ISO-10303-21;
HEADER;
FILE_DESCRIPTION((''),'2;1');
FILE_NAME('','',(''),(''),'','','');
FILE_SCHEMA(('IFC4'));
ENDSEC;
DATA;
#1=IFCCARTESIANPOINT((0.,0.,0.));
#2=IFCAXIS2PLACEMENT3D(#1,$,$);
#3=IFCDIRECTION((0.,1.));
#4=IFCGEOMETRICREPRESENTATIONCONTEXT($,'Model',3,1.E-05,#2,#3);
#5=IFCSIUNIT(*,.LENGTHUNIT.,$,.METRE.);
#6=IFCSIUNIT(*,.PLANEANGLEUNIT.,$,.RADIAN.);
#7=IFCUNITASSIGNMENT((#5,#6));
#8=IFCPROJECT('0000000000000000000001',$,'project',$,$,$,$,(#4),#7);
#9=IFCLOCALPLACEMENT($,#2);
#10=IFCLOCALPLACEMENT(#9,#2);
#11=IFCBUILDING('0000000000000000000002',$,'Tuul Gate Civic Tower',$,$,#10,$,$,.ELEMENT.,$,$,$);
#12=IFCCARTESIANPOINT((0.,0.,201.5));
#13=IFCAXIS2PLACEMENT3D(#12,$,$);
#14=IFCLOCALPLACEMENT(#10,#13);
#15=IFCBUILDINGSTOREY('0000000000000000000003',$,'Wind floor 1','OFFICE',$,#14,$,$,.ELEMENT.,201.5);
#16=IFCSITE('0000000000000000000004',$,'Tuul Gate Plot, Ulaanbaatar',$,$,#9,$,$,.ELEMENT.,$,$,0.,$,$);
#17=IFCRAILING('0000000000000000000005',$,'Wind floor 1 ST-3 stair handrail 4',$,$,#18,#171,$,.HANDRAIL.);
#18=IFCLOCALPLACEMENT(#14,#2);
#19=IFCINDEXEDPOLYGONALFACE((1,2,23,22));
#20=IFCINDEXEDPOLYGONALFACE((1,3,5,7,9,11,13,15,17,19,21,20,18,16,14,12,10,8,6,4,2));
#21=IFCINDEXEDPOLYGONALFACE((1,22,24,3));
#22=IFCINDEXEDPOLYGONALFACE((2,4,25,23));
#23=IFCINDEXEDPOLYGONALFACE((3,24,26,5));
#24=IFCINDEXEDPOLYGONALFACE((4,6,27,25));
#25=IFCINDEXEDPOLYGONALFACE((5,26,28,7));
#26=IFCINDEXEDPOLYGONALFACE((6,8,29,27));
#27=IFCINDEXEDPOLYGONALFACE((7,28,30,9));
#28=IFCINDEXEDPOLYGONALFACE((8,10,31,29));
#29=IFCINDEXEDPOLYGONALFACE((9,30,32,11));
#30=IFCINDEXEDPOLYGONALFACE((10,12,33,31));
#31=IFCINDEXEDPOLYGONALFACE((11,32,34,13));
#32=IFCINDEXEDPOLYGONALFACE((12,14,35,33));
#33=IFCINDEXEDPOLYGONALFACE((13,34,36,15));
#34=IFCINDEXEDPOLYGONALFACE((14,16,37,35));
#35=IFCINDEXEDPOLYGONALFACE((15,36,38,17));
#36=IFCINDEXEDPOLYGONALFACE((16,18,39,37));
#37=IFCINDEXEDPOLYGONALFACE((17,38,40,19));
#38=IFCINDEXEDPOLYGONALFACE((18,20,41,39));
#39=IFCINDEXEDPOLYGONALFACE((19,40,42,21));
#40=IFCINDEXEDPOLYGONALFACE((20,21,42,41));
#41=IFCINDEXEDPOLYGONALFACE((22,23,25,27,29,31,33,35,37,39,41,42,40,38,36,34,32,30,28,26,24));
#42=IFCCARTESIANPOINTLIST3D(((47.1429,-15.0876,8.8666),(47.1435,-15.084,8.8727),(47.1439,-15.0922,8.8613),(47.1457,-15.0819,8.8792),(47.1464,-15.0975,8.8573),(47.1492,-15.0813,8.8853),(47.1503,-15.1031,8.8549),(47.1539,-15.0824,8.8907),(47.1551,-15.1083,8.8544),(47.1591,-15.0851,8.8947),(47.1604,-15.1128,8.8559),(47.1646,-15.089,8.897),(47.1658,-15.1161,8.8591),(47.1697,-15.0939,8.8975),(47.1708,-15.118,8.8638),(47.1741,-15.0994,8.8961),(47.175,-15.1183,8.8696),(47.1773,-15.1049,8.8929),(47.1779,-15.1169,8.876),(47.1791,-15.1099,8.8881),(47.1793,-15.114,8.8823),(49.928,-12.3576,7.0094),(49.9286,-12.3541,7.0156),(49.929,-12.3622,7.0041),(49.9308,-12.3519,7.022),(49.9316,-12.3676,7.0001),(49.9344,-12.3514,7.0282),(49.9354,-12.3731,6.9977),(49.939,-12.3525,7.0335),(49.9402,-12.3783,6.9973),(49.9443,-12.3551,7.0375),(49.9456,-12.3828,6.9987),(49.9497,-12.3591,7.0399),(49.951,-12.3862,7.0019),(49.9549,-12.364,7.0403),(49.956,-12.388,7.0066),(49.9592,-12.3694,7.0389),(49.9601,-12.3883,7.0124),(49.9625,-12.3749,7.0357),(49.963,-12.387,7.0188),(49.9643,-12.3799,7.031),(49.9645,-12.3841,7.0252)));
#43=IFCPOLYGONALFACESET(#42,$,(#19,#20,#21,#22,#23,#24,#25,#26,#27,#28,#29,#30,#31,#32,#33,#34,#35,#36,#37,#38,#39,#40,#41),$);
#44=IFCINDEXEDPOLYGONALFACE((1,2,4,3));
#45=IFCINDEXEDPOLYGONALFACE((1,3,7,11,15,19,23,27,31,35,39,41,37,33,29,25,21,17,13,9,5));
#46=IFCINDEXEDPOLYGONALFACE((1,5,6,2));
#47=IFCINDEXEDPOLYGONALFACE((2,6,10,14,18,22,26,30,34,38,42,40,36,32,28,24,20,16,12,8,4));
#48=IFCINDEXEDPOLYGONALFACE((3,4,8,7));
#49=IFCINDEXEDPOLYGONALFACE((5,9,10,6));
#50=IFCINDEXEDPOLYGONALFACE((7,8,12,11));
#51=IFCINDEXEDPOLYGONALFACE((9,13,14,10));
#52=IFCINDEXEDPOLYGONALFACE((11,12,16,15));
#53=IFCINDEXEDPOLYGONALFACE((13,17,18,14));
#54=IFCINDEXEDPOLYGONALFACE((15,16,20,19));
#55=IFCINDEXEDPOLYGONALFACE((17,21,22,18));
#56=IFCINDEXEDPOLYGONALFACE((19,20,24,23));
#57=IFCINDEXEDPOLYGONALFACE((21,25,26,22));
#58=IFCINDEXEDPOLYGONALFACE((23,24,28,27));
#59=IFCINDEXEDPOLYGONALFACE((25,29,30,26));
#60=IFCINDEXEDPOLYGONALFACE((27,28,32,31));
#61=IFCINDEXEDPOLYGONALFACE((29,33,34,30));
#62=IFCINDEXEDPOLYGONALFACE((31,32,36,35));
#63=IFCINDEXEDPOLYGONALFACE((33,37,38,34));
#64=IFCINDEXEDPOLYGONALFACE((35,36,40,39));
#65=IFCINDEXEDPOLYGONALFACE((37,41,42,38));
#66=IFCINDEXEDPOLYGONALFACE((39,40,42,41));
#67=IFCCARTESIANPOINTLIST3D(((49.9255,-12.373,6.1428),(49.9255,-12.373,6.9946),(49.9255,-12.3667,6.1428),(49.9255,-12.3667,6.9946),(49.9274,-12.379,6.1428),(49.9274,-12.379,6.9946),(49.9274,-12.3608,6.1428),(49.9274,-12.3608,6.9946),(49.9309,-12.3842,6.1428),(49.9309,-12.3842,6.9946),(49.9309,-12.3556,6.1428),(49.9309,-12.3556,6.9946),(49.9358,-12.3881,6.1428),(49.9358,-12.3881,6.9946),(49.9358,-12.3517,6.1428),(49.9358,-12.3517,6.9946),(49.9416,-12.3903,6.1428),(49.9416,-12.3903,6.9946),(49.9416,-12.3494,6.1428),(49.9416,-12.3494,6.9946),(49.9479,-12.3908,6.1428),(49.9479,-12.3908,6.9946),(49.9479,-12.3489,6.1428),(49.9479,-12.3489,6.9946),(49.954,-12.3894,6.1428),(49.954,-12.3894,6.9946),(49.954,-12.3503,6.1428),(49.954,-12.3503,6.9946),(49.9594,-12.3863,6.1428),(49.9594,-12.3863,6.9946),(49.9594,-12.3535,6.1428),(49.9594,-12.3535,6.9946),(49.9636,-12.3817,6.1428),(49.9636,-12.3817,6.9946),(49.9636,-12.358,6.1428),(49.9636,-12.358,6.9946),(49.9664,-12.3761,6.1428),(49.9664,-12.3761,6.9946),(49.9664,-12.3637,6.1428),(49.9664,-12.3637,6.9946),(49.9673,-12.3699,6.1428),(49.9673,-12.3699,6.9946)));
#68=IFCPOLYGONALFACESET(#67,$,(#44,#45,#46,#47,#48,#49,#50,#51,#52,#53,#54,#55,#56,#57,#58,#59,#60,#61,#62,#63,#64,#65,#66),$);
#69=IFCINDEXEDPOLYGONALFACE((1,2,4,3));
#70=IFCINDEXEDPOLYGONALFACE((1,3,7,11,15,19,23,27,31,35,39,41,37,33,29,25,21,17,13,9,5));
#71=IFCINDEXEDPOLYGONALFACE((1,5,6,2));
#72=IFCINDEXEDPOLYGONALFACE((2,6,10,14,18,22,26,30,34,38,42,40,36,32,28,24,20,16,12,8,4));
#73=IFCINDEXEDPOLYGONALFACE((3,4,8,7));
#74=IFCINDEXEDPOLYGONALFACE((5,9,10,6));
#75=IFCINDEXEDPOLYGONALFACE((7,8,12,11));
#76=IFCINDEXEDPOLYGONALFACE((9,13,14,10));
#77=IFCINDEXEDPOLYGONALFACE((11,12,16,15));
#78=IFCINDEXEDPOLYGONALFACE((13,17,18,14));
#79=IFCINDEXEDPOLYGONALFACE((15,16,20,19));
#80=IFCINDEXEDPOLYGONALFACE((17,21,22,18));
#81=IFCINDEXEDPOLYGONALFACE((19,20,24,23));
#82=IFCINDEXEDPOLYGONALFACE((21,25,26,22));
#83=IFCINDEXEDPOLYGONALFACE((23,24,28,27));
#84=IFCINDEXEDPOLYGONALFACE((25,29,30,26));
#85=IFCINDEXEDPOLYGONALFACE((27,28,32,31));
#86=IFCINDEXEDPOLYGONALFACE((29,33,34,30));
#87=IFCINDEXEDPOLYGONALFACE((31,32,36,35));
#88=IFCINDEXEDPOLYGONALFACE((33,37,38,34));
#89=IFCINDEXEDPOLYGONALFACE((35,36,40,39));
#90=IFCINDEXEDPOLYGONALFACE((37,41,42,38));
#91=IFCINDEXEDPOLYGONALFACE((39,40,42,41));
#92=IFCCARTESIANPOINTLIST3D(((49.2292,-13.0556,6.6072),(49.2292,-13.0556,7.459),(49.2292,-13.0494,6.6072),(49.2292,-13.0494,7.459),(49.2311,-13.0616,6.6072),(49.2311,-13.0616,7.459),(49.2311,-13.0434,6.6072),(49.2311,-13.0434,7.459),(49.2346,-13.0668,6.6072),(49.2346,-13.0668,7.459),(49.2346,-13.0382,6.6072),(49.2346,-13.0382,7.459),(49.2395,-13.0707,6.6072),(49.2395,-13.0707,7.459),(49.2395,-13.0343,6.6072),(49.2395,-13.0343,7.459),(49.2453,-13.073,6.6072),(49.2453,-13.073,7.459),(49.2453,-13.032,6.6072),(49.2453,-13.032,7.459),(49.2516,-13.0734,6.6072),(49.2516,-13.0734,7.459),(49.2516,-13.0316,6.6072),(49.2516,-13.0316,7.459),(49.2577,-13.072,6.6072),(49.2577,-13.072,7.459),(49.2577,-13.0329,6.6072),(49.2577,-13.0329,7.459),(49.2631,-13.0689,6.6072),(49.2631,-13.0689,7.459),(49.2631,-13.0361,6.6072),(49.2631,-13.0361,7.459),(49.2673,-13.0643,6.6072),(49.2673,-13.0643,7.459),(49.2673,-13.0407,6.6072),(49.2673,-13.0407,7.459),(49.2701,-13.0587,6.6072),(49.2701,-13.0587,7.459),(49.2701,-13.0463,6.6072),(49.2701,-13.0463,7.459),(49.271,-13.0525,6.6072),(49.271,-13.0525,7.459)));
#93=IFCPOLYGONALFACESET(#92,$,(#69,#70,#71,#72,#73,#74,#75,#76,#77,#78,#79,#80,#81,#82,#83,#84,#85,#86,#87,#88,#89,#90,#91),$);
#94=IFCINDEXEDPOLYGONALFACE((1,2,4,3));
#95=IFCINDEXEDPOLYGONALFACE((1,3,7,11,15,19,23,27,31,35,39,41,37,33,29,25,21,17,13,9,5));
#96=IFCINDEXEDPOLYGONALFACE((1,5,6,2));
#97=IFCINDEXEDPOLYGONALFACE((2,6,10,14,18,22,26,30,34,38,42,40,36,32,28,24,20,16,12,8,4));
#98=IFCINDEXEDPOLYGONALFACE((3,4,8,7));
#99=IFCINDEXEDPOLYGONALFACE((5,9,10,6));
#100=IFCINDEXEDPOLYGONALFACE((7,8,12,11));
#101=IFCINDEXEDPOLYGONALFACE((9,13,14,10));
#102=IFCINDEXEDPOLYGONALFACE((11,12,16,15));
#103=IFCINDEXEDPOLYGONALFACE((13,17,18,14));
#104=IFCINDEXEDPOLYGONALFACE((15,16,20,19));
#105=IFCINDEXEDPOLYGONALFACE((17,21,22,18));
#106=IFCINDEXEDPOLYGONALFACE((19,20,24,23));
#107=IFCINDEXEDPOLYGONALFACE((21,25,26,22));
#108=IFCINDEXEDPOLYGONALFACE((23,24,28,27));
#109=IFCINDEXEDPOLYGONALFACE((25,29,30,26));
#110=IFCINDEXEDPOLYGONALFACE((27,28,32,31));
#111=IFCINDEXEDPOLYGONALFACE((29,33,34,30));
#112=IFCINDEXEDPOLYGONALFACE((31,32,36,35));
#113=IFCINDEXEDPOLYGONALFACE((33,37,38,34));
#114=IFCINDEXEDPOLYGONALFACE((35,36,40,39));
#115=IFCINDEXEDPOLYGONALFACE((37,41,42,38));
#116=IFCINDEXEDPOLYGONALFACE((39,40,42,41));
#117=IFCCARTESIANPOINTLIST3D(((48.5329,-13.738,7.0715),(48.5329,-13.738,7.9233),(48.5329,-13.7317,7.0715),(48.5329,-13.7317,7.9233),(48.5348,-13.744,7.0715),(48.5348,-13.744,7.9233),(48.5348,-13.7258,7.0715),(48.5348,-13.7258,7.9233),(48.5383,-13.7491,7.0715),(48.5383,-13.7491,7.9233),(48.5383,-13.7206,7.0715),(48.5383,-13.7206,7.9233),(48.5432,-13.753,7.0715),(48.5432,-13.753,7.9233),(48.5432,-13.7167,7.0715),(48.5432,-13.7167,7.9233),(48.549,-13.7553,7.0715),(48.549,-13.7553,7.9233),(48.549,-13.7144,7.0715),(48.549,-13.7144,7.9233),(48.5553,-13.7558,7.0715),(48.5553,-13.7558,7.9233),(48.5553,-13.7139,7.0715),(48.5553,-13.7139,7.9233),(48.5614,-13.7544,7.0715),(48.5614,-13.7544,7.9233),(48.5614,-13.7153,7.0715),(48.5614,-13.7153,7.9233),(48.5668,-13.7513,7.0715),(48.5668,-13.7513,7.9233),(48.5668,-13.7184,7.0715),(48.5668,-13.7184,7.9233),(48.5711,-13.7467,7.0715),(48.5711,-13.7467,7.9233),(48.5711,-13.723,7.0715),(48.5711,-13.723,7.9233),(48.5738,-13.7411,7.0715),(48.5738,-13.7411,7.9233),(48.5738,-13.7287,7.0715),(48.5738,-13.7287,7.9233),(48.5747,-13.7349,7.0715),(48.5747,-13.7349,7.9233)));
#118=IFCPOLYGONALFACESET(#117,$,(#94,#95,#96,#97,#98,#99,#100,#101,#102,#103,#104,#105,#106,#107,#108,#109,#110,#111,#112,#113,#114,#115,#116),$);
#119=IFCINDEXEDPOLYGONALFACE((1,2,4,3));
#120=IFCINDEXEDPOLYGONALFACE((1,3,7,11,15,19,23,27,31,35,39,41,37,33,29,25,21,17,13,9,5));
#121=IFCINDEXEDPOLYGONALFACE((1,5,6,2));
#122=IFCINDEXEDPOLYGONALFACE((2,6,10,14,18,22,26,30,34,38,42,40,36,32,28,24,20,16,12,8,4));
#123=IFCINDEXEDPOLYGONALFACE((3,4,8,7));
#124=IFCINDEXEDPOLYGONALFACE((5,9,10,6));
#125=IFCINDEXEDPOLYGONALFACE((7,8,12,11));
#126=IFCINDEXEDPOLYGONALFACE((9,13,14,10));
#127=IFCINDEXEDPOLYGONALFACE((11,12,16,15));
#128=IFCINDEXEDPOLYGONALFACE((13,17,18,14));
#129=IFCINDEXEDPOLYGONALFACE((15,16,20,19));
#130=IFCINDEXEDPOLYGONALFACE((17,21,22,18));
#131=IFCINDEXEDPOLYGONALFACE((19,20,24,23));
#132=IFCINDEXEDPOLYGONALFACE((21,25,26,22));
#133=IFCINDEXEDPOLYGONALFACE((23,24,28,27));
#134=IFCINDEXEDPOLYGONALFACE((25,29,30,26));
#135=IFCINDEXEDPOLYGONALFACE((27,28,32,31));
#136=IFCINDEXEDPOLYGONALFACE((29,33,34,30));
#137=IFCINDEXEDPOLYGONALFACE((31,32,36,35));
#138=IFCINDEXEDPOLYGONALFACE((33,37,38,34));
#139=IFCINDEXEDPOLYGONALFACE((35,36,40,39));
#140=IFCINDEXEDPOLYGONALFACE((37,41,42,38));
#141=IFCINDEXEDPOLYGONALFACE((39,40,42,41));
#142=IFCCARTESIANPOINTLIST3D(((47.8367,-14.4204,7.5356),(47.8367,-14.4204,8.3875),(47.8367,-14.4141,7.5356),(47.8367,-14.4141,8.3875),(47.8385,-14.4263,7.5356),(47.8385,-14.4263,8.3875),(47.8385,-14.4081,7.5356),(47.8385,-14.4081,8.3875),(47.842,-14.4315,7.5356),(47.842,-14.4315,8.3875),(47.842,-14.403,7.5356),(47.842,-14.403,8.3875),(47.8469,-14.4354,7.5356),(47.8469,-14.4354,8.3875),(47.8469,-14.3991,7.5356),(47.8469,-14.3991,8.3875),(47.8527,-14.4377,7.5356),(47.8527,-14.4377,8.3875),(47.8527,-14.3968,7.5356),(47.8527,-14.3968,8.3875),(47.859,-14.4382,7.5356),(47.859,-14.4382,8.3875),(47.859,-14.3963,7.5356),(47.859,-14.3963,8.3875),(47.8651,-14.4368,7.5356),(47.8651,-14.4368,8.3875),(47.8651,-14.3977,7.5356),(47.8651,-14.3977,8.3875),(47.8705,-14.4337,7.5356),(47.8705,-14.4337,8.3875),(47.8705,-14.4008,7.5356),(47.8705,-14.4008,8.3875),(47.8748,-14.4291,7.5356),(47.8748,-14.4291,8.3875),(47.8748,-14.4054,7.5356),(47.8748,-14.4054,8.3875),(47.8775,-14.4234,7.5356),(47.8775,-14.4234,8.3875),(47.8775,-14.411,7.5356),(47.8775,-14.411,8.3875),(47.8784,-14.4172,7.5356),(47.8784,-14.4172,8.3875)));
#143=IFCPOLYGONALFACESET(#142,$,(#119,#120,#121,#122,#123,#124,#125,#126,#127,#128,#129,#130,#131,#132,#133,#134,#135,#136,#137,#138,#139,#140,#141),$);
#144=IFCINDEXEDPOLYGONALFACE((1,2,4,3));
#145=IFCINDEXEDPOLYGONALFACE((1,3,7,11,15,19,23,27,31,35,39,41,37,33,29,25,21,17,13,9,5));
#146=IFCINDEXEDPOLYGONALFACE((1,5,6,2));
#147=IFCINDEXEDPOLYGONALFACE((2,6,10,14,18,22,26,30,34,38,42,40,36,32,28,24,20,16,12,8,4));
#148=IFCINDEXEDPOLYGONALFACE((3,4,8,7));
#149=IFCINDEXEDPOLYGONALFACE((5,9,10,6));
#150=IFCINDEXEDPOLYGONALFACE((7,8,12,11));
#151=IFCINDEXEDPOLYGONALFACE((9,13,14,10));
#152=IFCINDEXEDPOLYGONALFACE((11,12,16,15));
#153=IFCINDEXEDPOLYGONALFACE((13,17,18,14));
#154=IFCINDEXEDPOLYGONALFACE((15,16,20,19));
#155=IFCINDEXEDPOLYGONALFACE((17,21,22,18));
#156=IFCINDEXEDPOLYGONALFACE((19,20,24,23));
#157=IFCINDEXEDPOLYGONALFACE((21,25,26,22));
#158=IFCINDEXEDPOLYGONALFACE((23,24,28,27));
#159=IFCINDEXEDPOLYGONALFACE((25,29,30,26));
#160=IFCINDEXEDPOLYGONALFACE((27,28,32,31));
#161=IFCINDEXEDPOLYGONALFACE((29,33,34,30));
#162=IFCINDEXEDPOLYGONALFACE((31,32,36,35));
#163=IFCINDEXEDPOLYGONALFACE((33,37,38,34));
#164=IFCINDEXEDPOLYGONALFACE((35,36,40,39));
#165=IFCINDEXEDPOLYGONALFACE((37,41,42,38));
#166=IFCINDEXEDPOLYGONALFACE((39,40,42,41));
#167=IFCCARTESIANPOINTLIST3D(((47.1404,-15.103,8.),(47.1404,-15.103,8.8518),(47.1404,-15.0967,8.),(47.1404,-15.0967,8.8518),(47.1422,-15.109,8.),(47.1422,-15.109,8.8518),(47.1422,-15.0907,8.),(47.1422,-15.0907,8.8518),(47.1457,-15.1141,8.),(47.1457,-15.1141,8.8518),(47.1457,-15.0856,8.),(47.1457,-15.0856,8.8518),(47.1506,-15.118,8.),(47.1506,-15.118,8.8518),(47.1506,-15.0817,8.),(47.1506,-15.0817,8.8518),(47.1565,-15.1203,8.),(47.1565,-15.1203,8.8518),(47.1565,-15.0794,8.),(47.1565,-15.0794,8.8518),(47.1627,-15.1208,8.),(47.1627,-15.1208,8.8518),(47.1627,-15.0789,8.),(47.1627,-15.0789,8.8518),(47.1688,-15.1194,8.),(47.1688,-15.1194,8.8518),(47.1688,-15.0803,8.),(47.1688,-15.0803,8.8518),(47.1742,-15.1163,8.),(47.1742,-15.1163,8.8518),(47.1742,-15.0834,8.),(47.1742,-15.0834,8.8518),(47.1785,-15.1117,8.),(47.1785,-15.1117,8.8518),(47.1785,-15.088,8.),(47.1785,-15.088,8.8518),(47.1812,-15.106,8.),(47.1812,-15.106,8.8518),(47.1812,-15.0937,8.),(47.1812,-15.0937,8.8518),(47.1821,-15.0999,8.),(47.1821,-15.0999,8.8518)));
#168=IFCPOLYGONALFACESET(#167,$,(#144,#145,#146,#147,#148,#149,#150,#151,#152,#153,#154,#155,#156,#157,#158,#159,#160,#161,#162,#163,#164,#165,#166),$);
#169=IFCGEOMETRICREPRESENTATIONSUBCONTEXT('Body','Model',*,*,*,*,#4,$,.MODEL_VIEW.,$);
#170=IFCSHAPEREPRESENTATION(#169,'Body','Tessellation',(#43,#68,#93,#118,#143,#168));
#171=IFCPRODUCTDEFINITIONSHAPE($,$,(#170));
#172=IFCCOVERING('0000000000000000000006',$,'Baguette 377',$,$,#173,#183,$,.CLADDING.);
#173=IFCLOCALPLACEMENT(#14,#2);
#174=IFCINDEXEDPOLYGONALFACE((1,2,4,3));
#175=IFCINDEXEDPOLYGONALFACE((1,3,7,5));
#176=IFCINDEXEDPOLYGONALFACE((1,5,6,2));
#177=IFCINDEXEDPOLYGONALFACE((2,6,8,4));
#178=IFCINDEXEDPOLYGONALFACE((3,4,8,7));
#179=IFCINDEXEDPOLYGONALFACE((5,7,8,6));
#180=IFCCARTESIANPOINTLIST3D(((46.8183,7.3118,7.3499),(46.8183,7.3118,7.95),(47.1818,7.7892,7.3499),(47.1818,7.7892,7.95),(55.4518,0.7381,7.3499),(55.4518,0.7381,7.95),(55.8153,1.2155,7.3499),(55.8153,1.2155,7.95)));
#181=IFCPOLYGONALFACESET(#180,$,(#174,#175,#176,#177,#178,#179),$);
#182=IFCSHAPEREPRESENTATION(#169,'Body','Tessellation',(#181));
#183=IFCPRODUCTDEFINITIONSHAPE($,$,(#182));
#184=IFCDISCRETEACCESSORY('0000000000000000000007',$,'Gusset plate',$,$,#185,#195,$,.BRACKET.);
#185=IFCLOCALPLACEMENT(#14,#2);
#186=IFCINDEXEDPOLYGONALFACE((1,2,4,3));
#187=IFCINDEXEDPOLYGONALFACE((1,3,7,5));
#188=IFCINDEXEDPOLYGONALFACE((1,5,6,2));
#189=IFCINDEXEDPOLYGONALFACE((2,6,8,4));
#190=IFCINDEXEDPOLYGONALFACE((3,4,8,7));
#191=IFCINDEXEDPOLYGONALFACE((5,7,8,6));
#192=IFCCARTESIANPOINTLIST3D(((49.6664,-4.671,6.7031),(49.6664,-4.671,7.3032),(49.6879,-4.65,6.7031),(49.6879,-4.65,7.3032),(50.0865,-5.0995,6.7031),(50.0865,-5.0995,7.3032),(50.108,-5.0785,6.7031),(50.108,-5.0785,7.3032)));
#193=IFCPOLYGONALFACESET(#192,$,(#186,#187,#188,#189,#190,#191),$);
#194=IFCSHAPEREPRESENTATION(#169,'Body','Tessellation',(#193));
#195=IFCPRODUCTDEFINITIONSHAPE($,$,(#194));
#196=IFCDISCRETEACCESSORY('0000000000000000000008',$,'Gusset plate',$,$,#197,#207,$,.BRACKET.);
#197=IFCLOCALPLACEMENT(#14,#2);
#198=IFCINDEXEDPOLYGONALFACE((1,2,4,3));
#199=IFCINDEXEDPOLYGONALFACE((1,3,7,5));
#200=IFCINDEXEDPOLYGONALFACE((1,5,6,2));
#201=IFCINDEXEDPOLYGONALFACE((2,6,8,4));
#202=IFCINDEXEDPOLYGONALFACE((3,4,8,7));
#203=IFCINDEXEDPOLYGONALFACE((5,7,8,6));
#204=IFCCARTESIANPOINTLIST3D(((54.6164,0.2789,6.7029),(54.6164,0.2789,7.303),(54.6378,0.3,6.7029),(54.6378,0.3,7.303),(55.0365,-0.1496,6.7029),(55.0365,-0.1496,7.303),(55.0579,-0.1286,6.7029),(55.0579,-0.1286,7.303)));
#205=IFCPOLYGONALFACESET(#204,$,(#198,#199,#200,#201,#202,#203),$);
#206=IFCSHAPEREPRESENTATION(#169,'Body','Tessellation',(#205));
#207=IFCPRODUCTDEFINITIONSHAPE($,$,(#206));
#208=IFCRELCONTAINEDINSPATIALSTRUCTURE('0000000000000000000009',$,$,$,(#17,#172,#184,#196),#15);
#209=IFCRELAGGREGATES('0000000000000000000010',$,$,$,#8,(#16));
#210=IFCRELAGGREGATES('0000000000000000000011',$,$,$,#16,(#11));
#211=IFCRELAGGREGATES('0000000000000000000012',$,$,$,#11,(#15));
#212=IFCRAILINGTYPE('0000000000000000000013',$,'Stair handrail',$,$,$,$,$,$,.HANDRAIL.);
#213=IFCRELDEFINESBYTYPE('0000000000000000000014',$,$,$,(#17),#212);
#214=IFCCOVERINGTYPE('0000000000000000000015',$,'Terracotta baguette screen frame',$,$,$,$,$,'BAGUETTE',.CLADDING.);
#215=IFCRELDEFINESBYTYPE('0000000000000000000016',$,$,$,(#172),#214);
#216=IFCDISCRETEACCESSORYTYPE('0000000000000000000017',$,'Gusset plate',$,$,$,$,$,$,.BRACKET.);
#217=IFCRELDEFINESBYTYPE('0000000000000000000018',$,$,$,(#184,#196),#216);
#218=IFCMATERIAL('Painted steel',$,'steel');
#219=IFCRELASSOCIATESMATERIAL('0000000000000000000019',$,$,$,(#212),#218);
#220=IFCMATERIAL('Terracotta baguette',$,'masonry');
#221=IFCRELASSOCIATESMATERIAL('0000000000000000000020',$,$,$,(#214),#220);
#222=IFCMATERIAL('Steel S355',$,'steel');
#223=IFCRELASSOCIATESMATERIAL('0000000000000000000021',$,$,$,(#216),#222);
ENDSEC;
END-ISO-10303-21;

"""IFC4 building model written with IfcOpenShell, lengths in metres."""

from ifc_helpers import new_model, si_unit, direction, frame, origin, origin_2d, place, context, subcontext, project, spatial, rectangle, circle, extrude, material, material_profile, profile_set, type_object, element, save


model = new_model("IFC4")

# Units and contexts
model_context = context("Model", 3, precision=1e-05, world=origin(), true_north=direction((0.0, 1.0)))
body_context = subcontext(model_context, "Body", "Model", "MODEL_VIEW")
ifc_project = project(units=[si_unit("LENGTHUNIT", "METRE"), si_unit("PLANEANGLEUNIT", "RADIAN")], contexts=[model_context])

# Site, building, storey
site_placement = place(None, origin())
site = spatial("IfcSite", under=ifc_project, at=site_placement, Name="Tuul Gate Plot, Ulaanbaatar", CompositionType="ELEMENT", RefElevation=0.0)
building_placement = place(site_placement, origin())
building = spatial("IfcBuilding", under=site, at=building_placement, Name="Tuul Gate Civic Tower", CompositionType="ELEMENT")
storey_placement = place(building_placement, frame((0.0, 0.0, 201.5)))
storey = spatial("IfcBuildingStorey", under=building, at=storey_placement, Name="Wind floor 1", Description="OFFICE", CompositionType="ELEMENT", Elevation=201.5)

# Railing
ifc_material_1 = material(Name="Painted steel", Category="steel")
railing_type_1 = type_object("IfcRailingType", Name="Stair handrail", PredefinedType="HANDRAIL", material=ifc_material_1)
for number, where, name in (
    (1, (49.9463, -12.3699, 6.1428), "Wind floor 1 ST-3 stair handrail 4"),
):
    element("IfcRailing", number, at=place(storey_placement, frame(where)), inside=storey, type_object=railing_type_1, Name=name, PredefinedType="HANDRAIL", context=body_context, shape_type="SweptSolid", body=[
        extrude(circle(Radius=0.0239, at=origin_2d()), frame((0.0, 0.0, 0.876), z_axis=(-0.644771, -0.631998, 0.429941), x_axis=(0.699998, -0.714145, 0.0)), (0.0, 0.0, 1.0), 4.3196),
        extrude(circle(Radius=0.021, at=origin_2d()), origin(), (0.0, 0.0, 1.0), 0.8518),
        extrude(circle(Radius=0.021, at=origin_2d()), frame((-0.6963, -0.6826, 0.4644)), (0.0, 0.0, 1.0), 0.8518),
        extrude(circle(Radius=0.021, at=origin_2d()), frame((-1.3926, -1.365, 0.9287)), (0.0, 0.0, 1.0), 0.8518),
        extrude(circle(Radius=0.021, at=origin_2d()), frame((-2.0889, -2.0474, 1.3928)), (0.0, 0.0, 1.0), 0.8518),
        extrude(circle(Radius=0.021, at=origin_2d()), frame((-2.7852, -2.73, 1.8572)), (0.0, 0.0, 1.0), 0.8518),
    ])

# Covering
ifc_material_2 = material(Name="Terracotta baguette", Category="masonry")
ifc_material_profile_1 = material_profile(ifc_material_2, rectangle(XDim=0.6001, YDim=0.6001, at=origin_2d()), Name="Terracotta baguette screen frame")
ifc_profile_set_1 = profile_set([ifc_material_profile_1], Name="Terracotta baguette")
covering_type = type_object("IfcCoveringType", Name="Terracotta baguette screen frame", ElementType="BAGUETTE", PredefinedType="CLADDING", material=ifc_profile_set_1)
covering_placement = place(storey_placement, frame((55.6335, 0.9768, 7.6499), z_axis=(-0.795619, 0.605798, 0.0), x_axis=(-0.605798, -0.795619, 0.0)))
element("IfcCovering", 2, at=covering_placement, inside=storey, type_object=covering_type, Name="Baguette 377", PredefinedType="CLADDING", context=body_context, shape_type="SweptSolid", body=[
    extrude(rectangle(XDim=0.6001, YDim=0.6001, at=origin_2d()), origin(), (0.0, 0.0, 1.0), 10.8513),
])

# Discrete accessories
ifc_material_3 = material(Name="Steel S355", Category="steel")
discrete_accessory_type = type_object("IfcDiscreteAccessoryType", Name="Gusset plate", PredefinedType="BRACKET", material=ifc_material_3)
for number, where, z_axis, x_axis, name in (
    (3, (49.8872, -4.8748, 6.7031), (0.0, 0.0, 1.0), (0.700048, -0.714096, 0.0), "Gusset plate"),
    (4, (54.8372, 0.0752, 6.7029), (0.0, 0.0, 1.0), (0.700048, -0.714096, 0.0), "Gusset plate"),
):
    element("IfcDiscreteAccessory", number, at=place(storey_placement, frame(where, z_axis=z_axis, x_axis=x_axis)), inside=storey, type_object=discrete_accessory_type, Name=name, PredefinedType="BRACKET", context=body_context, shape_type="SweptSolid", body=[
        extrude(rectangle(XDim=0.6001, YDim=0.03, at=origin_2d()), origin(), (0.0, 0.0, 1.0), 0.6001),
    ])

save(model, "model.ifc")
